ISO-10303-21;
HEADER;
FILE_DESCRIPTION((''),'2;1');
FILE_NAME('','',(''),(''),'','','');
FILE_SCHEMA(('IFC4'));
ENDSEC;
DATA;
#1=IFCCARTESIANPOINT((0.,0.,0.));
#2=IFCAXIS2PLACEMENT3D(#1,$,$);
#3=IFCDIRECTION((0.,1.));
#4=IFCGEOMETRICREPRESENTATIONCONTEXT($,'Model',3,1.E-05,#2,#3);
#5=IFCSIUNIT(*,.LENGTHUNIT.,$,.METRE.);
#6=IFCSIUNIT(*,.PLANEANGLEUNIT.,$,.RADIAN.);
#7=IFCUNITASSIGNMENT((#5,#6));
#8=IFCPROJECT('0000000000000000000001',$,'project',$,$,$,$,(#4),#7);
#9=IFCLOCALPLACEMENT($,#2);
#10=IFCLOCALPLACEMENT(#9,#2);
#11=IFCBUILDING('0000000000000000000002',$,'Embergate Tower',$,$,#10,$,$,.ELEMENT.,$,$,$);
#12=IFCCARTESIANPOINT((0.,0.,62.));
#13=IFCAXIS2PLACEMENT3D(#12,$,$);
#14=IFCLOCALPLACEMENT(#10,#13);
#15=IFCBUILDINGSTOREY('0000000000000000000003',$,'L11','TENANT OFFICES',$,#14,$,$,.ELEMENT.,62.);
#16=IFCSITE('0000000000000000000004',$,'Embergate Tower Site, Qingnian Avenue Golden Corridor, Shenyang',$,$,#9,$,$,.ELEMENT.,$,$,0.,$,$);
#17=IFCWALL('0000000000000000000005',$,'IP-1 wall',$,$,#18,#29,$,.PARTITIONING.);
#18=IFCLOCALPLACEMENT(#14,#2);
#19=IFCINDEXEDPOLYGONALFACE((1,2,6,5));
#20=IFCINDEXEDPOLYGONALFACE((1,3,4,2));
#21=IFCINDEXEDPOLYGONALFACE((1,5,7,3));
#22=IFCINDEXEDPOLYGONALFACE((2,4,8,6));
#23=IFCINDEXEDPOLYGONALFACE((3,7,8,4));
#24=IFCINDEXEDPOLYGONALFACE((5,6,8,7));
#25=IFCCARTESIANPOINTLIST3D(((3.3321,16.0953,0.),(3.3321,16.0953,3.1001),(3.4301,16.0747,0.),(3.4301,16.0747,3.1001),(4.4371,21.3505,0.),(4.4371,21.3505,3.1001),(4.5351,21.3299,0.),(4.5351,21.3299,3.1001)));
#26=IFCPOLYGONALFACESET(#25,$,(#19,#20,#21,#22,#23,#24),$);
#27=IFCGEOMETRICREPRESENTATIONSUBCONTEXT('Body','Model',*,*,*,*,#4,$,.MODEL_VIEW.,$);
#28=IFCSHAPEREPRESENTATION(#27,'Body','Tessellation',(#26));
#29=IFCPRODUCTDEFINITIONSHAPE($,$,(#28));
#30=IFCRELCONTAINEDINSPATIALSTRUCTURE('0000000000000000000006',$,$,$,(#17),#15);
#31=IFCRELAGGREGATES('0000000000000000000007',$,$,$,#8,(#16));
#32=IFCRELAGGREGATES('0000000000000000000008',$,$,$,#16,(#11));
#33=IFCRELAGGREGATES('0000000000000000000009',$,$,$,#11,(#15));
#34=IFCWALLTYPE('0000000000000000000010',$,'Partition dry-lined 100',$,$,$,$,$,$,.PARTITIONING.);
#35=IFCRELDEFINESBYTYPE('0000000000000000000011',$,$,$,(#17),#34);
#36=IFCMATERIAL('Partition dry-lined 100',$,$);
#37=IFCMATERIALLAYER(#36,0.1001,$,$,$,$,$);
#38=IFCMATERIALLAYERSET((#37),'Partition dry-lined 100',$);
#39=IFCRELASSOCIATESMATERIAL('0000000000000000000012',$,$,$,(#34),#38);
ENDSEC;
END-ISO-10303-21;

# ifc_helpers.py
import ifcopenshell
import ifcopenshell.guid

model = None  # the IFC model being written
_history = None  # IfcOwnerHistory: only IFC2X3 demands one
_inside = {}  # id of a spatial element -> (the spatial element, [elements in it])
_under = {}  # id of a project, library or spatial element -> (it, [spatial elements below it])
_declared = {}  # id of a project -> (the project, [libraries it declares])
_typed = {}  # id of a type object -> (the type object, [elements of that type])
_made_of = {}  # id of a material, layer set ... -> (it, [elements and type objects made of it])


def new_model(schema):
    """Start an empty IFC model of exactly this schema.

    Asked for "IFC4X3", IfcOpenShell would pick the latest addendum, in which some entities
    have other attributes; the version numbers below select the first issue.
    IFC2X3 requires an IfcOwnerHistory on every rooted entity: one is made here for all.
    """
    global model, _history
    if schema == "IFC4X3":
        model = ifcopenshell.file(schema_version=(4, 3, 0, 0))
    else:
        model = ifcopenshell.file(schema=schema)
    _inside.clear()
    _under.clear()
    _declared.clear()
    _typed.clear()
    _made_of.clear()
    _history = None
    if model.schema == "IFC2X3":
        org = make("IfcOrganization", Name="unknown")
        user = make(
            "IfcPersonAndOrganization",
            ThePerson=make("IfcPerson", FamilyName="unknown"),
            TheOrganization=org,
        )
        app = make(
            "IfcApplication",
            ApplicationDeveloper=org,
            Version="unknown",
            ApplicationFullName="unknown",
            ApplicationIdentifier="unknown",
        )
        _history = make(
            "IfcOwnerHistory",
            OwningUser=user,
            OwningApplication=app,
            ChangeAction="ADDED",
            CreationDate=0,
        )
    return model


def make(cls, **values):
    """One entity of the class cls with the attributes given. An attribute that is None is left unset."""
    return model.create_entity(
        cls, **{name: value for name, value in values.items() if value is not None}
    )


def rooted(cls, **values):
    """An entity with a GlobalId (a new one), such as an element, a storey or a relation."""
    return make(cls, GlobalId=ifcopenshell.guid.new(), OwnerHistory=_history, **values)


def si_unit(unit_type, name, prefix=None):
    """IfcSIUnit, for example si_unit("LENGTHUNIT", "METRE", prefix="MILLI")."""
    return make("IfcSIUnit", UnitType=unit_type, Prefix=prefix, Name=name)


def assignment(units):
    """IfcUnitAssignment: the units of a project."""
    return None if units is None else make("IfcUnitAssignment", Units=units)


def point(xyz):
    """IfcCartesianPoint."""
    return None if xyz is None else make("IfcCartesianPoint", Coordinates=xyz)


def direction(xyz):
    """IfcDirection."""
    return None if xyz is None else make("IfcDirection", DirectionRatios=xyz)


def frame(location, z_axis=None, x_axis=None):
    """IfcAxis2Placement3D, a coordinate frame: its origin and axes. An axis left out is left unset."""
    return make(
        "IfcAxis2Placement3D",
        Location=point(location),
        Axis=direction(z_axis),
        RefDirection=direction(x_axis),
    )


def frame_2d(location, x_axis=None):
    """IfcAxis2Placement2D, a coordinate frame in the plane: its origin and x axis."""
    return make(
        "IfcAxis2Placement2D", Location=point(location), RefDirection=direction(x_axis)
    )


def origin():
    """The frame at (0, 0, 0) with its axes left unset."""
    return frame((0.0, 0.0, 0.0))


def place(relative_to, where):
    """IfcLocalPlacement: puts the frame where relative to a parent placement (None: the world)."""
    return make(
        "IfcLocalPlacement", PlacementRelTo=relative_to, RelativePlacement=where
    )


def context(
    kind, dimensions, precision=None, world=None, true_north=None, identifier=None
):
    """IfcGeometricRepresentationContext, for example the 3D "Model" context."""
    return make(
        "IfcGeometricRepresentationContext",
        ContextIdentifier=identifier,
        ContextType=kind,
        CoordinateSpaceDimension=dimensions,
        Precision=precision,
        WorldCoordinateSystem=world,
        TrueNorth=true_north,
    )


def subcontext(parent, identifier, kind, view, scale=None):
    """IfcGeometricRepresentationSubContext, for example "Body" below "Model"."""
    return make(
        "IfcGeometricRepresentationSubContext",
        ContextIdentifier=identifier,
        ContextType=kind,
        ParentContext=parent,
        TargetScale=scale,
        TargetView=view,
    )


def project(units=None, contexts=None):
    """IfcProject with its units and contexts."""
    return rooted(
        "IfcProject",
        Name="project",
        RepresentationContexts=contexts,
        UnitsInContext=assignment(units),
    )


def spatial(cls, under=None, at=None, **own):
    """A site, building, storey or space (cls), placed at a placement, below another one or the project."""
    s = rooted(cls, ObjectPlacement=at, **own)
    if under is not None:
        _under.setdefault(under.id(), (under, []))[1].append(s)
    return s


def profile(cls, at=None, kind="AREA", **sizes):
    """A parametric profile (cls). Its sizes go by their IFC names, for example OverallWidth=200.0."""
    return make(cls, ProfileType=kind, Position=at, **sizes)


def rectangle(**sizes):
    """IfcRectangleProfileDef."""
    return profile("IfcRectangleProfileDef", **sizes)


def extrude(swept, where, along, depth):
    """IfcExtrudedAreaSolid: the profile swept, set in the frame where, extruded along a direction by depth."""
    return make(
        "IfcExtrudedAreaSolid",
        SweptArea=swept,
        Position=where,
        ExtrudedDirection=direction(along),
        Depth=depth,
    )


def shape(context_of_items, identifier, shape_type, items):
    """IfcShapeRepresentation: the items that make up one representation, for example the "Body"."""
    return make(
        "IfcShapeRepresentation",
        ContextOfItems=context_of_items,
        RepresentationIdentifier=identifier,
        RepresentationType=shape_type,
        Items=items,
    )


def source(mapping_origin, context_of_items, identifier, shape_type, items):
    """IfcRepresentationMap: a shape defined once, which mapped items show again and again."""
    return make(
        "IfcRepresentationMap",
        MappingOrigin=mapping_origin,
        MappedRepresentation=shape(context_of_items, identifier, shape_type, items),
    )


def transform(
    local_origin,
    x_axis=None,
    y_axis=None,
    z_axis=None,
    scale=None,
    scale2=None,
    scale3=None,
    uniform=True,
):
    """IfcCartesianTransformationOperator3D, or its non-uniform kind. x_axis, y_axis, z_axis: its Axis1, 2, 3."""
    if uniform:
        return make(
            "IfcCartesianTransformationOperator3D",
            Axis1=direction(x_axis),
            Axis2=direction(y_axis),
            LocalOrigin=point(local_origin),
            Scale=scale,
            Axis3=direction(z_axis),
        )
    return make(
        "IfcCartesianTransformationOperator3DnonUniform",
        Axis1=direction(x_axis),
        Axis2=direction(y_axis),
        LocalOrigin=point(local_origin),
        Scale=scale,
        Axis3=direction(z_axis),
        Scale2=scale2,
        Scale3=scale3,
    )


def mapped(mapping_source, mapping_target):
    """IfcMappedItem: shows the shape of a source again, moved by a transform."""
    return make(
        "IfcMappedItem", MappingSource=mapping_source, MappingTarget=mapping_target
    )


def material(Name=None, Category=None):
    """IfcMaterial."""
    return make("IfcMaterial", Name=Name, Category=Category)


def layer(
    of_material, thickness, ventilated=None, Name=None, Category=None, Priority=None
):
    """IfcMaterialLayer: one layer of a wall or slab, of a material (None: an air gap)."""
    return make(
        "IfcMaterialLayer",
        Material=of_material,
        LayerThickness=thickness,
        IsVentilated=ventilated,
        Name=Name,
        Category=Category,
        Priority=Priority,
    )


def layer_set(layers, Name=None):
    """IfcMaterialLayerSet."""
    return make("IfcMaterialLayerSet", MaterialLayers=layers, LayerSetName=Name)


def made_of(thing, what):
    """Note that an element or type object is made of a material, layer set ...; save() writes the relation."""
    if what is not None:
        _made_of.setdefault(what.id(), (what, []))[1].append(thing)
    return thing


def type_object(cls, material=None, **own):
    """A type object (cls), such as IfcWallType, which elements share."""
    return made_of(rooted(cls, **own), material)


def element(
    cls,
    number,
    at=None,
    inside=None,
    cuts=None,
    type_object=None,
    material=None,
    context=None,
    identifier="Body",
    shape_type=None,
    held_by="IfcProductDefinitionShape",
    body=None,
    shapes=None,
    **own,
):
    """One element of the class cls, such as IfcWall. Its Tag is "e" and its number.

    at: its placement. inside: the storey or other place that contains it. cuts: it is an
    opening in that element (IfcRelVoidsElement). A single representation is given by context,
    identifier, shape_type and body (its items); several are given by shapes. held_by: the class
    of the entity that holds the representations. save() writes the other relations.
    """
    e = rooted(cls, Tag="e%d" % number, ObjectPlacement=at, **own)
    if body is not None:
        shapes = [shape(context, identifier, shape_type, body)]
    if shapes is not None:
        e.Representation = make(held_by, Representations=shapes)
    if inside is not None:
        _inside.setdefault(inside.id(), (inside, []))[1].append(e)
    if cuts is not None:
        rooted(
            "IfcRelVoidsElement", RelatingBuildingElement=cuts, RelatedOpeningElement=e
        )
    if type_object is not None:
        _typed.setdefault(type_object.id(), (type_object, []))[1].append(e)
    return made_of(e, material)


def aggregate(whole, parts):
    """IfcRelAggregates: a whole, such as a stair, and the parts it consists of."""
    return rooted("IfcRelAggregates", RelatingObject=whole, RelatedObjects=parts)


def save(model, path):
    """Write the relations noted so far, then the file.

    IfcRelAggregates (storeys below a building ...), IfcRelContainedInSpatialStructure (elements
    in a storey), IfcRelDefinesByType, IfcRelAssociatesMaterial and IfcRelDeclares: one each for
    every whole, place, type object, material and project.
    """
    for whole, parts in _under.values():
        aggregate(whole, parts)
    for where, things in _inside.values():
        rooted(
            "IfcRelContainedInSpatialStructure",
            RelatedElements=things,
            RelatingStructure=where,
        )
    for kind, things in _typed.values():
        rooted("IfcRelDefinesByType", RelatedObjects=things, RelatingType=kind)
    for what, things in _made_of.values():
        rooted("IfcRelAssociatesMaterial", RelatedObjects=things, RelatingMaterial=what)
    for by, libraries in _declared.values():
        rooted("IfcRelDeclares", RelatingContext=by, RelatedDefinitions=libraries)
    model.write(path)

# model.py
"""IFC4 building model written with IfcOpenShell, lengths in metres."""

from ifc_helpers import new_model, si_unit, direction, frame, frame_2d, origin, place, context, subcontext, project, spatial, rectangle, extrude, source, transform, mapped, material, layer, layer_set, type_object, element, save


model = new_model("IFC4")

# Units and contexts
model_context = context("Model", 3, precision=1e-05, world=origin(), true_north=direction((0.0, 1.0)))
body_context = subcontext(model_context, "Body", "Model", "MODEL_VIEW")
ifc_project = project(units=[si_unit("LENGTHUNIT", "METRE"), si_unit("PLANEANGLEUNIT", "RADIAN")], contexts=[model_context])

# Site, building, storey
site_placement = place(None, origin())
site = spatial("IfcSite", under=ifc_project, at=site_placement, Name="Embergate Tower Site, Qingnian Avenue Golden Corridor, Shenyang", CompositionType="ELEMENT", RefElevation=0.0)
building_placement = place(site_placement, origin())
building = spatial("IfcBuilding", under=site, at=building_placement, Name="Embergate Tower", CompositionType="ELEMENT")
storey_placement = place(building_placement, frame((0.0, 0.0, 62.0)))
storey = spatial("IfcBuildingStorey", under=building, at=storey_placement, Name="L11", Description="TENANT OFFICES", CompositionType="ELEMENT", Elevation=62.0)

# Wall
ifc_material_1 = material(Name="Partition dry-lined 100")
ifc_layer_1 = layer(ifc_material_1, 0.1001)
ifc_layer_set_1 = layer_set([ifc_layer_1], Name="Partition dry-lined 100")
wall_type_1 = type_object("IfcWallType", Name="Partition dry-lined 100", PredefinedType="PARTITIONING", material=ifc_layer_set_1)
shared_shape_1 = source(origin(), body_context, "Body", "SweptSolid", [
    extrude(rectangle(XDim=5.3701, YDim=0.1001, at=frame_2d((2.6851, 0.0))), origin(), (0.0, 0.0, 1.0), 3.1001),
])
wall_1_placement = place(storey_placement, frame((3.3811, 16.085, 0.0), z_axis=(0.0, 0.0, 1.0), x_axis=(0.205768, 0.978601, 0.0)))
element("IfcWall", 1, at=wall_1_placement, inside=storey, type_object=wall_type_1, Name="IP-1 wall", PredefinedType="PARTITIONING", context=body_context, shape_type="MappedRepresentation", body=[
    mapped(shared_shape_1, transform((0.0, 0.0, 0.0))),
])

save(model, "model.ifc")
